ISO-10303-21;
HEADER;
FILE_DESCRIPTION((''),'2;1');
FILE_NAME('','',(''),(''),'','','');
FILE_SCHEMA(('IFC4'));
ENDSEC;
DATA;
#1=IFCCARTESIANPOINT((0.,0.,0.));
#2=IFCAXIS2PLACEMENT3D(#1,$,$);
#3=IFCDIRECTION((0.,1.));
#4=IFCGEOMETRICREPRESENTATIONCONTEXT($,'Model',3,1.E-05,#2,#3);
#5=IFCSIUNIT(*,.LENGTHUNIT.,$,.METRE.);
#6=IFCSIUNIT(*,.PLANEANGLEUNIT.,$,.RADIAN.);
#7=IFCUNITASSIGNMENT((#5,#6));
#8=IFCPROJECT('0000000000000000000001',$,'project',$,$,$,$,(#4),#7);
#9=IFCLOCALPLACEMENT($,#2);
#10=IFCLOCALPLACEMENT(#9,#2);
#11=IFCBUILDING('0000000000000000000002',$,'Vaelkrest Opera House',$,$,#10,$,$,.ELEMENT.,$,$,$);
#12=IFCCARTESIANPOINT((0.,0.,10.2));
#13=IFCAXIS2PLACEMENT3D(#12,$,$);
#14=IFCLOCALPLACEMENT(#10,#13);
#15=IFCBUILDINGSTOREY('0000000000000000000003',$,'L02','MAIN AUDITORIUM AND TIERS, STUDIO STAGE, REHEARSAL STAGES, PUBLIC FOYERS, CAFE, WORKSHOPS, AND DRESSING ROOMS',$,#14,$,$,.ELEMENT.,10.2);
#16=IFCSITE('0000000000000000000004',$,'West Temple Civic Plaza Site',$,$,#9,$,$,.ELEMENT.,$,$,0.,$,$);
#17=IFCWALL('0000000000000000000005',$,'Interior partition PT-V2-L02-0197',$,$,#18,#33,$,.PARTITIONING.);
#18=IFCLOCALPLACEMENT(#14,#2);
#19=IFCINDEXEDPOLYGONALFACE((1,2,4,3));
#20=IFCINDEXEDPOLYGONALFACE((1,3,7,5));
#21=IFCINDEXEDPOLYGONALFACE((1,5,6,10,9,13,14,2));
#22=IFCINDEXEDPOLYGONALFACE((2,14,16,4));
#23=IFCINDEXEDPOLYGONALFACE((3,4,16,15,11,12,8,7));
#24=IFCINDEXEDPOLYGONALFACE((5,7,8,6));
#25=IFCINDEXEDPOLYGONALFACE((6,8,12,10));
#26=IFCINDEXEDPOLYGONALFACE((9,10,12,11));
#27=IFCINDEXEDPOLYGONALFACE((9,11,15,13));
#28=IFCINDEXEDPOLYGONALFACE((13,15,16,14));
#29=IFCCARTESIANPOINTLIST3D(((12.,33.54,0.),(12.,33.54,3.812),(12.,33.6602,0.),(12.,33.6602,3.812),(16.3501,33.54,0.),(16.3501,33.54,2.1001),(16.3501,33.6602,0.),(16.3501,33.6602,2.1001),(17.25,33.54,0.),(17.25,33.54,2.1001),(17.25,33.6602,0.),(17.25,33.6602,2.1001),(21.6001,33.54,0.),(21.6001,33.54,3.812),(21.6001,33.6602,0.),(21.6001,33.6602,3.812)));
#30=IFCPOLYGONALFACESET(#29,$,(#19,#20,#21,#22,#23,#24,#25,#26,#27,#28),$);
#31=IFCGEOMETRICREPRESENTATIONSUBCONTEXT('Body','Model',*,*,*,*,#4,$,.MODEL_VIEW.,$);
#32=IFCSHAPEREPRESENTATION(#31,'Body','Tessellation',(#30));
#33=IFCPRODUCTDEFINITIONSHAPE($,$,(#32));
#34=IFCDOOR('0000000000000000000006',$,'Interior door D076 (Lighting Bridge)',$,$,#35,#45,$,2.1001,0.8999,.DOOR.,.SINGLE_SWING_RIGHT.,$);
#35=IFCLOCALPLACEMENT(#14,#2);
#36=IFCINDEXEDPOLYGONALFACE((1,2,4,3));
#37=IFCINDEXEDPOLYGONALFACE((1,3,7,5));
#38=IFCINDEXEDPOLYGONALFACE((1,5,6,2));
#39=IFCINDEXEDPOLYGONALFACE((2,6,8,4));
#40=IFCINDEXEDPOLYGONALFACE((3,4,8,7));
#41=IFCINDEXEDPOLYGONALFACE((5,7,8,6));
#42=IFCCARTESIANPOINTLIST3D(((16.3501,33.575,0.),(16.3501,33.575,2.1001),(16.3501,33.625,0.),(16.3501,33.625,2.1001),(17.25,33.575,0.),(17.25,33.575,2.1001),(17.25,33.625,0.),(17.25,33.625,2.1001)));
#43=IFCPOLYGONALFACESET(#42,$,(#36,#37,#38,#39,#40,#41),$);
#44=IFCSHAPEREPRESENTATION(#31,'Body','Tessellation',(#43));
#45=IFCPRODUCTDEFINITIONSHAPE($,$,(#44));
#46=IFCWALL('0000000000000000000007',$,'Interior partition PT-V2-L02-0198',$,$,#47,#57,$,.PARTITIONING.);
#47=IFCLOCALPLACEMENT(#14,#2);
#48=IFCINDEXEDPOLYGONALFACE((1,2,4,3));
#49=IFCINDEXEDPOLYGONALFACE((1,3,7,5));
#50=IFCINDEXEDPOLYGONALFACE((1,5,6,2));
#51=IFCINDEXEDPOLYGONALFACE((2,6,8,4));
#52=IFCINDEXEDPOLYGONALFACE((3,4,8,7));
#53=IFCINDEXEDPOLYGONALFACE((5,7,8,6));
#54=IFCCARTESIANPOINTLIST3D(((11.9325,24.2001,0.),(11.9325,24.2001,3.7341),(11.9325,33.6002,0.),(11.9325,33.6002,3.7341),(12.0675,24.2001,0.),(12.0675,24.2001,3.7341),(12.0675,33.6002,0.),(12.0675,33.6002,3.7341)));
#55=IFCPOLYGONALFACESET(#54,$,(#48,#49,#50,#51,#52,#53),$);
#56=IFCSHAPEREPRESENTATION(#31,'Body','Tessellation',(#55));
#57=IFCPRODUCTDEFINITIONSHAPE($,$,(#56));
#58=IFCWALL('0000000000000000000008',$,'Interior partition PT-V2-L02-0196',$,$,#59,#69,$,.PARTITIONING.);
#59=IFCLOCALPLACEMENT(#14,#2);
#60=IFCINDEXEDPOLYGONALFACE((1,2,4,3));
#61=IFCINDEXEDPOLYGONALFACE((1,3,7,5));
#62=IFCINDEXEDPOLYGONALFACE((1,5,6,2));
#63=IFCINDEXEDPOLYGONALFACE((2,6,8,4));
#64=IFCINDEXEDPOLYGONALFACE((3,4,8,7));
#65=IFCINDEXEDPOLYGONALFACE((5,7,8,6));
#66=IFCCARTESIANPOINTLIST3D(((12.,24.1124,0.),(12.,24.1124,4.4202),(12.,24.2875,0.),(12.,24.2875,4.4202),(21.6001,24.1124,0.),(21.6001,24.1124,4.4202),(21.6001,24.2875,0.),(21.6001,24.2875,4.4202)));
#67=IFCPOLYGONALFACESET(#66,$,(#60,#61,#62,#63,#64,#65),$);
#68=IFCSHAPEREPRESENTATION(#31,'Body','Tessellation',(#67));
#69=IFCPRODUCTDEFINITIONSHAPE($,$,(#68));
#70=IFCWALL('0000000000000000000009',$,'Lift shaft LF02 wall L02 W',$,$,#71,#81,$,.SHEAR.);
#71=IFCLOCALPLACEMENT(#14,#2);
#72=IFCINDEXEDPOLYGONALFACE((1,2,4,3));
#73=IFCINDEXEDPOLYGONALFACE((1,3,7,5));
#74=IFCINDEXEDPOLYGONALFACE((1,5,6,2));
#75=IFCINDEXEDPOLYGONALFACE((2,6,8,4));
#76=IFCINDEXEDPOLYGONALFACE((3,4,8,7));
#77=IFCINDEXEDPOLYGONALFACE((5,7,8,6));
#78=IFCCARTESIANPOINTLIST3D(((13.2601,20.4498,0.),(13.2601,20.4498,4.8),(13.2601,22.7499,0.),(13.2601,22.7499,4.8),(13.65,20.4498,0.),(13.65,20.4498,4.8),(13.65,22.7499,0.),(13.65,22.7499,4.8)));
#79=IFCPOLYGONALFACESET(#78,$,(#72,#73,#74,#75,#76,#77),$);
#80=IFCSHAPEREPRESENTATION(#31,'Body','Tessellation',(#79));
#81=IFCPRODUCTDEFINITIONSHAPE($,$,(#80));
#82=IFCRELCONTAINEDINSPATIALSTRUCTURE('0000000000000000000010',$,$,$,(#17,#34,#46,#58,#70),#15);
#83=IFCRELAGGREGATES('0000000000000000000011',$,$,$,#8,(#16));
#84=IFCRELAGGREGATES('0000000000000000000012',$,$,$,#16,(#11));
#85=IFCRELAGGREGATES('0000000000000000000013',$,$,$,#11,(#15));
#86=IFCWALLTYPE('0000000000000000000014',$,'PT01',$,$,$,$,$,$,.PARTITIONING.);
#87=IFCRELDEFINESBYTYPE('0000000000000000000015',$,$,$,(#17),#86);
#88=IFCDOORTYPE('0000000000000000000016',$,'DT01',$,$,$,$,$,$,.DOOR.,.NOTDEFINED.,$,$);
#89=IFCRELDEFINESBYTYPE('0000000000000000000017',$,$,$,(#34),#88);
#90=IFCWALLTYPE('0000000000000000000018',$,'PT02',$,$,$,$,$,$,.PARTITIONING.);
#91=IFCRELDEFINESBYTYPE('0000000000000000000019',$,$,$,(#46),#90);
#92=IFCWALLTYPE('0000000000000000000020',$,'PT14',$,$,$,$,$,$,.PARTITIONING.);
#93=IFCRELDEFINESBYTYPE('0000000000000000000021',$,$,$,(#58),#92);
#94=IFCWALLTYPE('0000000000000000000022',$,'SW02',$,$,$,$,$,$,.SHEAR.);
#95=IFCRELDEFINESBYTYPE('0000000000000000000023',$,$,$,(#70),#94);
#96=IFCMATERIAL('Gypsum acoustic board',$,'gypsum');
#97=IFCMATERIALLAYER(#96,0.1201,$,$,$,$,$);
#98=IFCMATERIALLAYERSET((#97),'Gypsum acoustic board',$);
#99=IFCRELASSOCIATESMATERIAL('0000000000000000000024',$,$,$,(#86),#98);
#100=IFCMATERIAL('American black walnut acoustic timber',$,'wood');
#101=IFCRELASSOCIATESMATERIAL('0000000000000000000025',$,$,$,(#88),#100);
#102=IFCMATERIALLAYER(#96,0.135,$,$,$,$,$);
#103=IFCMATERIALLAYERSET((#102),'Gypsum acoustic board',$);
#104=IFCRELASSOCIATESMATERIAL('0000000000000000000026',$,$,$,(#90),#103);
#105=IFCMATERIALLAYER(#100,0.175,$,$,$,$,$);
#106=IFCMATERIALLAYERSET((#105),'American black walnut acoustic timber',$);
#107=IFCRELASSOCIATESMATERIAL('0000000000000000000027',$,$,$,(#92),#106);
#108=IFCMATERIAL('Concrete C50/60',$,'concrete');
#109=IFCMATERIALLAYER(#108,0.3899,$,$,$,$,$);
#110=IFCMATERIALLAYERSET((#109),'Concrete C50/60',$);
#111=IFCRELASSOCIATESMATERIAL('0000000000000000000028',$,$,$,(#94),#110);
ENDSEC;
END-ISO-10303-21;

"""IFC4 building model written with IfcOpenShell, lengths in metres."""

from ifc_helpers import new_model, si_unit, direction, frame, frame_2d, origin, place, context, subcontext, project, spatial, rectangle, extrude, material, layer, layer_set, type_object, element, fill, save


model = new_model("IFC4")

# Units and contexts
model_context = context("Model", 3, precision=1e-05, world=origin(), true_north=direction((0.0, 1.0)))
body_context = subcontext(model_context, "Body", "Model", "MODEL_VIEW")
ifc_project = project(units=[si_unit("LENGTHUNIT", "METRE"), si_unit("PLANEANGLEUNIT", "RADIAN")], contexts=[model_context])

# Site, building, storey
site_placement = place(None, origin())
site = spatial("IfcSite", under=ifc_project, at=site_placement, Name="West Temple Civic Plaza Site", CompositionType="ELEMENT", RefElevation=0.0)
building_placement = place(site_placement, origin())
building = spatial("IfcBuilding", under=site, at=building_placement, Name="Vaelkrest Opera House", CompositionType="ELEMENT")
storey_placement = place(building_placement, frame((0.0, 0.0, 10.2)))
storey = spatial("IfcBuildingStorey", under=building, at=storey_placement, Name="L02", Description="MAIN AUDITORIUM AND TIERS, STUDIO STAGE, REHEARSAL STAGES, PUBLIC FOYERS, CAFE, WORKSHOPS, AND DRESSING ROOMS", CompositionType="ELEMENT", Elevation=10.2)

# Shared definitions
ifc_material_1 = material(Name="Concrete C50/60", Category="concrete")

# Wall, opening, door
ifc_material_2 = material(Name="Gypsum acoustic board", Category="gypsum")
ifc_layer_1 = layer(ifc_material_2, 0.1201)
ifc_layer_set_1 = layer_set([ifc_layer_1], Name="Gypsum acoustic board")
wall_type_1 = type_object("IfcWallType", Name="PT01", PredefinedType="PARTITIONING", material=ifc_layer_set_1)
wall_1_placement = place(storey_placement, frame((12.0, 33.6001, 0.0), z_axis=(0.0, 0.0, 1.0), x_axis=(1.0, 0.0, 0.0)))
wall_1 = element("IfcWall", 1, at=wall_1_placement, inside=storey, type_object=wall_type_1, Name="Interior partition PT-V2-L02-0197", PredefinedType="PARTITIONING", context=body_context, shape_type="SweptSolid", body=[
    extrude(rectangle(XDim=9.6001, YDim=0.1201, at=frame_2d((4.8, 0.0))), origin(), (0.0, 0.0, 1.0), 3.812),
])
opening_1_placement = place(wall_1_placement, frame((4.3501, 0.0, 0.0)))
opening_1 = element("IfcOpeningElement", 2, at=opening_1_placement, cuts=wall_1, PredefinedType="OPENING", context=body_context, shape_type="SweptSolid", body=[
    extrude(rectangle(XDim=0.8999, YDim=2.1001, at=frame_2d((0.45, 1.05))), frame((0.0, 0.0701, 0.0), z_axis=(0.0, -1.0, 0.0), x_axis=(1.0, 0.0, 0.0)), (0.0, 0.0, 1.0), 0.1401),
])
ifc_material_3 = material(Name="American black walnut acoustic timber", Category="wood")
door_type_1 = type_object("IfcDoorType", Name="DT01", OperationType="NOTDEFINED", PredefinedType="DOOR", material=ifc_material_3)
door_1_placement = place(opening_1_placement, origin())
door_1 = element("IfcDoor", 3, at=door_1_placement, inside=storey, type_object=door_type_1, Name="Interior door D076 (Lighting Bridge)", OperationType="SINGLE_SWING_RIGHT", OverallHeight=2.1001, OverallWidth=0.8999, PredefinedType="DOOR", context=body_context, shape_type="SweptSolid", body=[
    extrude(rectangle(XDim=0.8999, YDim=2.1001, at=frame_2d((0.45, 1.05))), frame((0.0, 0.0249, 0.0), z_axis=(0.0, -1.0, 0.0), x_axis=(1.0, 0.0, 0.0)), (0.0, 0.0, 1.0), 0.05),
])
fill(opening_1, door_1)

# Walls
ifc_layer_2 = layer(ifc_material_2, 0.135)
ifc_layer_set_2 = layer_set([ifc_layer_2], Name="Gypsum acoustic board")
wall_type_2 = type_object("IfcWallType", Name="PT02", PredefinedType="PARTITIONING", material=ifc_layer_set_2)
wall_2_placement = place(storey_placement, frame((12.0, 24.2, 0.0), z_axis=(0.0, 0.0, 1.0), x_axis=(0.0, 1.0, 0.0)))
element("IfcWall", 4, at=wall_2_placement, inside=storey, type_object=wall_type_2, Name="Interior partition PT-V2-L02-0198", PredefinedType="PARTITIONING", context=body_context, shape_type="SweptSolid", body=[
    extrude(rectangle(XDim=9.4001, YDim=0.135, at=frame_2d((4.7002, 0.0))), origin(), (0.0, 0.0, 1.0), 3.7341),
])
ifc_layer_3 = layer(ifc_material_3, 0.175)
ifc_layer_set_3 = layer_set([ifc_layer_3], Name="American black walnut acoustic timber")
wall_type_3 = type_object("IfcWallType", Name="PT14", PredefinedType="PARTITIONING", material=ifc_layer_set_3)
wall_3_placement = place(storey_placement, frame((12.0, 24.2, 0.0), z_axis=(0.0, 0.0, 1.0), x_axis=(1.0, 0.0, 0.0)))
element("IfcWall", 5, at=wall_3_placement, inside=storey, type_object=wall_type_3, Name="Interior partition PT-V2-L02-0196", PredefinedType="PARTITIONING", context=body_context, shape_type="SweptSolid", body=[
    extrude(rectangle(XDim=9.6001, YDim=0.175, at=frame_2d((4.8, 0.0))), origin(), (0.0, 0.0, 1.0), 4.4202),
])

# Shared definitions
ifc_layer_4 = layer(ifc_material_1, 0.3899)
ifc_layer_set_4 = layer_set([ifc_layer_4], Name="Concrete C50/60")
wall_type_4 = type_object("IfcWallType", Name="SW02", PredefinedType="SHEAR", material=ifc_layer_set_4)

# Wall
wall_4_placement = place(storey_placement, frame((13.4551, 20.45, 0.0), z_axis=(0.0, 0.0, 1.0), x_axis=(0.0, 1.0, 0.0)))
element("IfcWall", 6, at=wall_4_placement, inside=storey, type_object=wall_type_4, Name="Lift shaft LF02 wall L02 W", PredefinedType="SHEAR", context=body_context, shape_type="SweptSolid", body=[
    extrude(rectangle(XDim=2.3, YDim=0.3899, at=frame_2d((1.1499, 0.0))), origin(), (0.0, 0.0, 1.0), 4.8),
])

save(model, "model.ifc")
